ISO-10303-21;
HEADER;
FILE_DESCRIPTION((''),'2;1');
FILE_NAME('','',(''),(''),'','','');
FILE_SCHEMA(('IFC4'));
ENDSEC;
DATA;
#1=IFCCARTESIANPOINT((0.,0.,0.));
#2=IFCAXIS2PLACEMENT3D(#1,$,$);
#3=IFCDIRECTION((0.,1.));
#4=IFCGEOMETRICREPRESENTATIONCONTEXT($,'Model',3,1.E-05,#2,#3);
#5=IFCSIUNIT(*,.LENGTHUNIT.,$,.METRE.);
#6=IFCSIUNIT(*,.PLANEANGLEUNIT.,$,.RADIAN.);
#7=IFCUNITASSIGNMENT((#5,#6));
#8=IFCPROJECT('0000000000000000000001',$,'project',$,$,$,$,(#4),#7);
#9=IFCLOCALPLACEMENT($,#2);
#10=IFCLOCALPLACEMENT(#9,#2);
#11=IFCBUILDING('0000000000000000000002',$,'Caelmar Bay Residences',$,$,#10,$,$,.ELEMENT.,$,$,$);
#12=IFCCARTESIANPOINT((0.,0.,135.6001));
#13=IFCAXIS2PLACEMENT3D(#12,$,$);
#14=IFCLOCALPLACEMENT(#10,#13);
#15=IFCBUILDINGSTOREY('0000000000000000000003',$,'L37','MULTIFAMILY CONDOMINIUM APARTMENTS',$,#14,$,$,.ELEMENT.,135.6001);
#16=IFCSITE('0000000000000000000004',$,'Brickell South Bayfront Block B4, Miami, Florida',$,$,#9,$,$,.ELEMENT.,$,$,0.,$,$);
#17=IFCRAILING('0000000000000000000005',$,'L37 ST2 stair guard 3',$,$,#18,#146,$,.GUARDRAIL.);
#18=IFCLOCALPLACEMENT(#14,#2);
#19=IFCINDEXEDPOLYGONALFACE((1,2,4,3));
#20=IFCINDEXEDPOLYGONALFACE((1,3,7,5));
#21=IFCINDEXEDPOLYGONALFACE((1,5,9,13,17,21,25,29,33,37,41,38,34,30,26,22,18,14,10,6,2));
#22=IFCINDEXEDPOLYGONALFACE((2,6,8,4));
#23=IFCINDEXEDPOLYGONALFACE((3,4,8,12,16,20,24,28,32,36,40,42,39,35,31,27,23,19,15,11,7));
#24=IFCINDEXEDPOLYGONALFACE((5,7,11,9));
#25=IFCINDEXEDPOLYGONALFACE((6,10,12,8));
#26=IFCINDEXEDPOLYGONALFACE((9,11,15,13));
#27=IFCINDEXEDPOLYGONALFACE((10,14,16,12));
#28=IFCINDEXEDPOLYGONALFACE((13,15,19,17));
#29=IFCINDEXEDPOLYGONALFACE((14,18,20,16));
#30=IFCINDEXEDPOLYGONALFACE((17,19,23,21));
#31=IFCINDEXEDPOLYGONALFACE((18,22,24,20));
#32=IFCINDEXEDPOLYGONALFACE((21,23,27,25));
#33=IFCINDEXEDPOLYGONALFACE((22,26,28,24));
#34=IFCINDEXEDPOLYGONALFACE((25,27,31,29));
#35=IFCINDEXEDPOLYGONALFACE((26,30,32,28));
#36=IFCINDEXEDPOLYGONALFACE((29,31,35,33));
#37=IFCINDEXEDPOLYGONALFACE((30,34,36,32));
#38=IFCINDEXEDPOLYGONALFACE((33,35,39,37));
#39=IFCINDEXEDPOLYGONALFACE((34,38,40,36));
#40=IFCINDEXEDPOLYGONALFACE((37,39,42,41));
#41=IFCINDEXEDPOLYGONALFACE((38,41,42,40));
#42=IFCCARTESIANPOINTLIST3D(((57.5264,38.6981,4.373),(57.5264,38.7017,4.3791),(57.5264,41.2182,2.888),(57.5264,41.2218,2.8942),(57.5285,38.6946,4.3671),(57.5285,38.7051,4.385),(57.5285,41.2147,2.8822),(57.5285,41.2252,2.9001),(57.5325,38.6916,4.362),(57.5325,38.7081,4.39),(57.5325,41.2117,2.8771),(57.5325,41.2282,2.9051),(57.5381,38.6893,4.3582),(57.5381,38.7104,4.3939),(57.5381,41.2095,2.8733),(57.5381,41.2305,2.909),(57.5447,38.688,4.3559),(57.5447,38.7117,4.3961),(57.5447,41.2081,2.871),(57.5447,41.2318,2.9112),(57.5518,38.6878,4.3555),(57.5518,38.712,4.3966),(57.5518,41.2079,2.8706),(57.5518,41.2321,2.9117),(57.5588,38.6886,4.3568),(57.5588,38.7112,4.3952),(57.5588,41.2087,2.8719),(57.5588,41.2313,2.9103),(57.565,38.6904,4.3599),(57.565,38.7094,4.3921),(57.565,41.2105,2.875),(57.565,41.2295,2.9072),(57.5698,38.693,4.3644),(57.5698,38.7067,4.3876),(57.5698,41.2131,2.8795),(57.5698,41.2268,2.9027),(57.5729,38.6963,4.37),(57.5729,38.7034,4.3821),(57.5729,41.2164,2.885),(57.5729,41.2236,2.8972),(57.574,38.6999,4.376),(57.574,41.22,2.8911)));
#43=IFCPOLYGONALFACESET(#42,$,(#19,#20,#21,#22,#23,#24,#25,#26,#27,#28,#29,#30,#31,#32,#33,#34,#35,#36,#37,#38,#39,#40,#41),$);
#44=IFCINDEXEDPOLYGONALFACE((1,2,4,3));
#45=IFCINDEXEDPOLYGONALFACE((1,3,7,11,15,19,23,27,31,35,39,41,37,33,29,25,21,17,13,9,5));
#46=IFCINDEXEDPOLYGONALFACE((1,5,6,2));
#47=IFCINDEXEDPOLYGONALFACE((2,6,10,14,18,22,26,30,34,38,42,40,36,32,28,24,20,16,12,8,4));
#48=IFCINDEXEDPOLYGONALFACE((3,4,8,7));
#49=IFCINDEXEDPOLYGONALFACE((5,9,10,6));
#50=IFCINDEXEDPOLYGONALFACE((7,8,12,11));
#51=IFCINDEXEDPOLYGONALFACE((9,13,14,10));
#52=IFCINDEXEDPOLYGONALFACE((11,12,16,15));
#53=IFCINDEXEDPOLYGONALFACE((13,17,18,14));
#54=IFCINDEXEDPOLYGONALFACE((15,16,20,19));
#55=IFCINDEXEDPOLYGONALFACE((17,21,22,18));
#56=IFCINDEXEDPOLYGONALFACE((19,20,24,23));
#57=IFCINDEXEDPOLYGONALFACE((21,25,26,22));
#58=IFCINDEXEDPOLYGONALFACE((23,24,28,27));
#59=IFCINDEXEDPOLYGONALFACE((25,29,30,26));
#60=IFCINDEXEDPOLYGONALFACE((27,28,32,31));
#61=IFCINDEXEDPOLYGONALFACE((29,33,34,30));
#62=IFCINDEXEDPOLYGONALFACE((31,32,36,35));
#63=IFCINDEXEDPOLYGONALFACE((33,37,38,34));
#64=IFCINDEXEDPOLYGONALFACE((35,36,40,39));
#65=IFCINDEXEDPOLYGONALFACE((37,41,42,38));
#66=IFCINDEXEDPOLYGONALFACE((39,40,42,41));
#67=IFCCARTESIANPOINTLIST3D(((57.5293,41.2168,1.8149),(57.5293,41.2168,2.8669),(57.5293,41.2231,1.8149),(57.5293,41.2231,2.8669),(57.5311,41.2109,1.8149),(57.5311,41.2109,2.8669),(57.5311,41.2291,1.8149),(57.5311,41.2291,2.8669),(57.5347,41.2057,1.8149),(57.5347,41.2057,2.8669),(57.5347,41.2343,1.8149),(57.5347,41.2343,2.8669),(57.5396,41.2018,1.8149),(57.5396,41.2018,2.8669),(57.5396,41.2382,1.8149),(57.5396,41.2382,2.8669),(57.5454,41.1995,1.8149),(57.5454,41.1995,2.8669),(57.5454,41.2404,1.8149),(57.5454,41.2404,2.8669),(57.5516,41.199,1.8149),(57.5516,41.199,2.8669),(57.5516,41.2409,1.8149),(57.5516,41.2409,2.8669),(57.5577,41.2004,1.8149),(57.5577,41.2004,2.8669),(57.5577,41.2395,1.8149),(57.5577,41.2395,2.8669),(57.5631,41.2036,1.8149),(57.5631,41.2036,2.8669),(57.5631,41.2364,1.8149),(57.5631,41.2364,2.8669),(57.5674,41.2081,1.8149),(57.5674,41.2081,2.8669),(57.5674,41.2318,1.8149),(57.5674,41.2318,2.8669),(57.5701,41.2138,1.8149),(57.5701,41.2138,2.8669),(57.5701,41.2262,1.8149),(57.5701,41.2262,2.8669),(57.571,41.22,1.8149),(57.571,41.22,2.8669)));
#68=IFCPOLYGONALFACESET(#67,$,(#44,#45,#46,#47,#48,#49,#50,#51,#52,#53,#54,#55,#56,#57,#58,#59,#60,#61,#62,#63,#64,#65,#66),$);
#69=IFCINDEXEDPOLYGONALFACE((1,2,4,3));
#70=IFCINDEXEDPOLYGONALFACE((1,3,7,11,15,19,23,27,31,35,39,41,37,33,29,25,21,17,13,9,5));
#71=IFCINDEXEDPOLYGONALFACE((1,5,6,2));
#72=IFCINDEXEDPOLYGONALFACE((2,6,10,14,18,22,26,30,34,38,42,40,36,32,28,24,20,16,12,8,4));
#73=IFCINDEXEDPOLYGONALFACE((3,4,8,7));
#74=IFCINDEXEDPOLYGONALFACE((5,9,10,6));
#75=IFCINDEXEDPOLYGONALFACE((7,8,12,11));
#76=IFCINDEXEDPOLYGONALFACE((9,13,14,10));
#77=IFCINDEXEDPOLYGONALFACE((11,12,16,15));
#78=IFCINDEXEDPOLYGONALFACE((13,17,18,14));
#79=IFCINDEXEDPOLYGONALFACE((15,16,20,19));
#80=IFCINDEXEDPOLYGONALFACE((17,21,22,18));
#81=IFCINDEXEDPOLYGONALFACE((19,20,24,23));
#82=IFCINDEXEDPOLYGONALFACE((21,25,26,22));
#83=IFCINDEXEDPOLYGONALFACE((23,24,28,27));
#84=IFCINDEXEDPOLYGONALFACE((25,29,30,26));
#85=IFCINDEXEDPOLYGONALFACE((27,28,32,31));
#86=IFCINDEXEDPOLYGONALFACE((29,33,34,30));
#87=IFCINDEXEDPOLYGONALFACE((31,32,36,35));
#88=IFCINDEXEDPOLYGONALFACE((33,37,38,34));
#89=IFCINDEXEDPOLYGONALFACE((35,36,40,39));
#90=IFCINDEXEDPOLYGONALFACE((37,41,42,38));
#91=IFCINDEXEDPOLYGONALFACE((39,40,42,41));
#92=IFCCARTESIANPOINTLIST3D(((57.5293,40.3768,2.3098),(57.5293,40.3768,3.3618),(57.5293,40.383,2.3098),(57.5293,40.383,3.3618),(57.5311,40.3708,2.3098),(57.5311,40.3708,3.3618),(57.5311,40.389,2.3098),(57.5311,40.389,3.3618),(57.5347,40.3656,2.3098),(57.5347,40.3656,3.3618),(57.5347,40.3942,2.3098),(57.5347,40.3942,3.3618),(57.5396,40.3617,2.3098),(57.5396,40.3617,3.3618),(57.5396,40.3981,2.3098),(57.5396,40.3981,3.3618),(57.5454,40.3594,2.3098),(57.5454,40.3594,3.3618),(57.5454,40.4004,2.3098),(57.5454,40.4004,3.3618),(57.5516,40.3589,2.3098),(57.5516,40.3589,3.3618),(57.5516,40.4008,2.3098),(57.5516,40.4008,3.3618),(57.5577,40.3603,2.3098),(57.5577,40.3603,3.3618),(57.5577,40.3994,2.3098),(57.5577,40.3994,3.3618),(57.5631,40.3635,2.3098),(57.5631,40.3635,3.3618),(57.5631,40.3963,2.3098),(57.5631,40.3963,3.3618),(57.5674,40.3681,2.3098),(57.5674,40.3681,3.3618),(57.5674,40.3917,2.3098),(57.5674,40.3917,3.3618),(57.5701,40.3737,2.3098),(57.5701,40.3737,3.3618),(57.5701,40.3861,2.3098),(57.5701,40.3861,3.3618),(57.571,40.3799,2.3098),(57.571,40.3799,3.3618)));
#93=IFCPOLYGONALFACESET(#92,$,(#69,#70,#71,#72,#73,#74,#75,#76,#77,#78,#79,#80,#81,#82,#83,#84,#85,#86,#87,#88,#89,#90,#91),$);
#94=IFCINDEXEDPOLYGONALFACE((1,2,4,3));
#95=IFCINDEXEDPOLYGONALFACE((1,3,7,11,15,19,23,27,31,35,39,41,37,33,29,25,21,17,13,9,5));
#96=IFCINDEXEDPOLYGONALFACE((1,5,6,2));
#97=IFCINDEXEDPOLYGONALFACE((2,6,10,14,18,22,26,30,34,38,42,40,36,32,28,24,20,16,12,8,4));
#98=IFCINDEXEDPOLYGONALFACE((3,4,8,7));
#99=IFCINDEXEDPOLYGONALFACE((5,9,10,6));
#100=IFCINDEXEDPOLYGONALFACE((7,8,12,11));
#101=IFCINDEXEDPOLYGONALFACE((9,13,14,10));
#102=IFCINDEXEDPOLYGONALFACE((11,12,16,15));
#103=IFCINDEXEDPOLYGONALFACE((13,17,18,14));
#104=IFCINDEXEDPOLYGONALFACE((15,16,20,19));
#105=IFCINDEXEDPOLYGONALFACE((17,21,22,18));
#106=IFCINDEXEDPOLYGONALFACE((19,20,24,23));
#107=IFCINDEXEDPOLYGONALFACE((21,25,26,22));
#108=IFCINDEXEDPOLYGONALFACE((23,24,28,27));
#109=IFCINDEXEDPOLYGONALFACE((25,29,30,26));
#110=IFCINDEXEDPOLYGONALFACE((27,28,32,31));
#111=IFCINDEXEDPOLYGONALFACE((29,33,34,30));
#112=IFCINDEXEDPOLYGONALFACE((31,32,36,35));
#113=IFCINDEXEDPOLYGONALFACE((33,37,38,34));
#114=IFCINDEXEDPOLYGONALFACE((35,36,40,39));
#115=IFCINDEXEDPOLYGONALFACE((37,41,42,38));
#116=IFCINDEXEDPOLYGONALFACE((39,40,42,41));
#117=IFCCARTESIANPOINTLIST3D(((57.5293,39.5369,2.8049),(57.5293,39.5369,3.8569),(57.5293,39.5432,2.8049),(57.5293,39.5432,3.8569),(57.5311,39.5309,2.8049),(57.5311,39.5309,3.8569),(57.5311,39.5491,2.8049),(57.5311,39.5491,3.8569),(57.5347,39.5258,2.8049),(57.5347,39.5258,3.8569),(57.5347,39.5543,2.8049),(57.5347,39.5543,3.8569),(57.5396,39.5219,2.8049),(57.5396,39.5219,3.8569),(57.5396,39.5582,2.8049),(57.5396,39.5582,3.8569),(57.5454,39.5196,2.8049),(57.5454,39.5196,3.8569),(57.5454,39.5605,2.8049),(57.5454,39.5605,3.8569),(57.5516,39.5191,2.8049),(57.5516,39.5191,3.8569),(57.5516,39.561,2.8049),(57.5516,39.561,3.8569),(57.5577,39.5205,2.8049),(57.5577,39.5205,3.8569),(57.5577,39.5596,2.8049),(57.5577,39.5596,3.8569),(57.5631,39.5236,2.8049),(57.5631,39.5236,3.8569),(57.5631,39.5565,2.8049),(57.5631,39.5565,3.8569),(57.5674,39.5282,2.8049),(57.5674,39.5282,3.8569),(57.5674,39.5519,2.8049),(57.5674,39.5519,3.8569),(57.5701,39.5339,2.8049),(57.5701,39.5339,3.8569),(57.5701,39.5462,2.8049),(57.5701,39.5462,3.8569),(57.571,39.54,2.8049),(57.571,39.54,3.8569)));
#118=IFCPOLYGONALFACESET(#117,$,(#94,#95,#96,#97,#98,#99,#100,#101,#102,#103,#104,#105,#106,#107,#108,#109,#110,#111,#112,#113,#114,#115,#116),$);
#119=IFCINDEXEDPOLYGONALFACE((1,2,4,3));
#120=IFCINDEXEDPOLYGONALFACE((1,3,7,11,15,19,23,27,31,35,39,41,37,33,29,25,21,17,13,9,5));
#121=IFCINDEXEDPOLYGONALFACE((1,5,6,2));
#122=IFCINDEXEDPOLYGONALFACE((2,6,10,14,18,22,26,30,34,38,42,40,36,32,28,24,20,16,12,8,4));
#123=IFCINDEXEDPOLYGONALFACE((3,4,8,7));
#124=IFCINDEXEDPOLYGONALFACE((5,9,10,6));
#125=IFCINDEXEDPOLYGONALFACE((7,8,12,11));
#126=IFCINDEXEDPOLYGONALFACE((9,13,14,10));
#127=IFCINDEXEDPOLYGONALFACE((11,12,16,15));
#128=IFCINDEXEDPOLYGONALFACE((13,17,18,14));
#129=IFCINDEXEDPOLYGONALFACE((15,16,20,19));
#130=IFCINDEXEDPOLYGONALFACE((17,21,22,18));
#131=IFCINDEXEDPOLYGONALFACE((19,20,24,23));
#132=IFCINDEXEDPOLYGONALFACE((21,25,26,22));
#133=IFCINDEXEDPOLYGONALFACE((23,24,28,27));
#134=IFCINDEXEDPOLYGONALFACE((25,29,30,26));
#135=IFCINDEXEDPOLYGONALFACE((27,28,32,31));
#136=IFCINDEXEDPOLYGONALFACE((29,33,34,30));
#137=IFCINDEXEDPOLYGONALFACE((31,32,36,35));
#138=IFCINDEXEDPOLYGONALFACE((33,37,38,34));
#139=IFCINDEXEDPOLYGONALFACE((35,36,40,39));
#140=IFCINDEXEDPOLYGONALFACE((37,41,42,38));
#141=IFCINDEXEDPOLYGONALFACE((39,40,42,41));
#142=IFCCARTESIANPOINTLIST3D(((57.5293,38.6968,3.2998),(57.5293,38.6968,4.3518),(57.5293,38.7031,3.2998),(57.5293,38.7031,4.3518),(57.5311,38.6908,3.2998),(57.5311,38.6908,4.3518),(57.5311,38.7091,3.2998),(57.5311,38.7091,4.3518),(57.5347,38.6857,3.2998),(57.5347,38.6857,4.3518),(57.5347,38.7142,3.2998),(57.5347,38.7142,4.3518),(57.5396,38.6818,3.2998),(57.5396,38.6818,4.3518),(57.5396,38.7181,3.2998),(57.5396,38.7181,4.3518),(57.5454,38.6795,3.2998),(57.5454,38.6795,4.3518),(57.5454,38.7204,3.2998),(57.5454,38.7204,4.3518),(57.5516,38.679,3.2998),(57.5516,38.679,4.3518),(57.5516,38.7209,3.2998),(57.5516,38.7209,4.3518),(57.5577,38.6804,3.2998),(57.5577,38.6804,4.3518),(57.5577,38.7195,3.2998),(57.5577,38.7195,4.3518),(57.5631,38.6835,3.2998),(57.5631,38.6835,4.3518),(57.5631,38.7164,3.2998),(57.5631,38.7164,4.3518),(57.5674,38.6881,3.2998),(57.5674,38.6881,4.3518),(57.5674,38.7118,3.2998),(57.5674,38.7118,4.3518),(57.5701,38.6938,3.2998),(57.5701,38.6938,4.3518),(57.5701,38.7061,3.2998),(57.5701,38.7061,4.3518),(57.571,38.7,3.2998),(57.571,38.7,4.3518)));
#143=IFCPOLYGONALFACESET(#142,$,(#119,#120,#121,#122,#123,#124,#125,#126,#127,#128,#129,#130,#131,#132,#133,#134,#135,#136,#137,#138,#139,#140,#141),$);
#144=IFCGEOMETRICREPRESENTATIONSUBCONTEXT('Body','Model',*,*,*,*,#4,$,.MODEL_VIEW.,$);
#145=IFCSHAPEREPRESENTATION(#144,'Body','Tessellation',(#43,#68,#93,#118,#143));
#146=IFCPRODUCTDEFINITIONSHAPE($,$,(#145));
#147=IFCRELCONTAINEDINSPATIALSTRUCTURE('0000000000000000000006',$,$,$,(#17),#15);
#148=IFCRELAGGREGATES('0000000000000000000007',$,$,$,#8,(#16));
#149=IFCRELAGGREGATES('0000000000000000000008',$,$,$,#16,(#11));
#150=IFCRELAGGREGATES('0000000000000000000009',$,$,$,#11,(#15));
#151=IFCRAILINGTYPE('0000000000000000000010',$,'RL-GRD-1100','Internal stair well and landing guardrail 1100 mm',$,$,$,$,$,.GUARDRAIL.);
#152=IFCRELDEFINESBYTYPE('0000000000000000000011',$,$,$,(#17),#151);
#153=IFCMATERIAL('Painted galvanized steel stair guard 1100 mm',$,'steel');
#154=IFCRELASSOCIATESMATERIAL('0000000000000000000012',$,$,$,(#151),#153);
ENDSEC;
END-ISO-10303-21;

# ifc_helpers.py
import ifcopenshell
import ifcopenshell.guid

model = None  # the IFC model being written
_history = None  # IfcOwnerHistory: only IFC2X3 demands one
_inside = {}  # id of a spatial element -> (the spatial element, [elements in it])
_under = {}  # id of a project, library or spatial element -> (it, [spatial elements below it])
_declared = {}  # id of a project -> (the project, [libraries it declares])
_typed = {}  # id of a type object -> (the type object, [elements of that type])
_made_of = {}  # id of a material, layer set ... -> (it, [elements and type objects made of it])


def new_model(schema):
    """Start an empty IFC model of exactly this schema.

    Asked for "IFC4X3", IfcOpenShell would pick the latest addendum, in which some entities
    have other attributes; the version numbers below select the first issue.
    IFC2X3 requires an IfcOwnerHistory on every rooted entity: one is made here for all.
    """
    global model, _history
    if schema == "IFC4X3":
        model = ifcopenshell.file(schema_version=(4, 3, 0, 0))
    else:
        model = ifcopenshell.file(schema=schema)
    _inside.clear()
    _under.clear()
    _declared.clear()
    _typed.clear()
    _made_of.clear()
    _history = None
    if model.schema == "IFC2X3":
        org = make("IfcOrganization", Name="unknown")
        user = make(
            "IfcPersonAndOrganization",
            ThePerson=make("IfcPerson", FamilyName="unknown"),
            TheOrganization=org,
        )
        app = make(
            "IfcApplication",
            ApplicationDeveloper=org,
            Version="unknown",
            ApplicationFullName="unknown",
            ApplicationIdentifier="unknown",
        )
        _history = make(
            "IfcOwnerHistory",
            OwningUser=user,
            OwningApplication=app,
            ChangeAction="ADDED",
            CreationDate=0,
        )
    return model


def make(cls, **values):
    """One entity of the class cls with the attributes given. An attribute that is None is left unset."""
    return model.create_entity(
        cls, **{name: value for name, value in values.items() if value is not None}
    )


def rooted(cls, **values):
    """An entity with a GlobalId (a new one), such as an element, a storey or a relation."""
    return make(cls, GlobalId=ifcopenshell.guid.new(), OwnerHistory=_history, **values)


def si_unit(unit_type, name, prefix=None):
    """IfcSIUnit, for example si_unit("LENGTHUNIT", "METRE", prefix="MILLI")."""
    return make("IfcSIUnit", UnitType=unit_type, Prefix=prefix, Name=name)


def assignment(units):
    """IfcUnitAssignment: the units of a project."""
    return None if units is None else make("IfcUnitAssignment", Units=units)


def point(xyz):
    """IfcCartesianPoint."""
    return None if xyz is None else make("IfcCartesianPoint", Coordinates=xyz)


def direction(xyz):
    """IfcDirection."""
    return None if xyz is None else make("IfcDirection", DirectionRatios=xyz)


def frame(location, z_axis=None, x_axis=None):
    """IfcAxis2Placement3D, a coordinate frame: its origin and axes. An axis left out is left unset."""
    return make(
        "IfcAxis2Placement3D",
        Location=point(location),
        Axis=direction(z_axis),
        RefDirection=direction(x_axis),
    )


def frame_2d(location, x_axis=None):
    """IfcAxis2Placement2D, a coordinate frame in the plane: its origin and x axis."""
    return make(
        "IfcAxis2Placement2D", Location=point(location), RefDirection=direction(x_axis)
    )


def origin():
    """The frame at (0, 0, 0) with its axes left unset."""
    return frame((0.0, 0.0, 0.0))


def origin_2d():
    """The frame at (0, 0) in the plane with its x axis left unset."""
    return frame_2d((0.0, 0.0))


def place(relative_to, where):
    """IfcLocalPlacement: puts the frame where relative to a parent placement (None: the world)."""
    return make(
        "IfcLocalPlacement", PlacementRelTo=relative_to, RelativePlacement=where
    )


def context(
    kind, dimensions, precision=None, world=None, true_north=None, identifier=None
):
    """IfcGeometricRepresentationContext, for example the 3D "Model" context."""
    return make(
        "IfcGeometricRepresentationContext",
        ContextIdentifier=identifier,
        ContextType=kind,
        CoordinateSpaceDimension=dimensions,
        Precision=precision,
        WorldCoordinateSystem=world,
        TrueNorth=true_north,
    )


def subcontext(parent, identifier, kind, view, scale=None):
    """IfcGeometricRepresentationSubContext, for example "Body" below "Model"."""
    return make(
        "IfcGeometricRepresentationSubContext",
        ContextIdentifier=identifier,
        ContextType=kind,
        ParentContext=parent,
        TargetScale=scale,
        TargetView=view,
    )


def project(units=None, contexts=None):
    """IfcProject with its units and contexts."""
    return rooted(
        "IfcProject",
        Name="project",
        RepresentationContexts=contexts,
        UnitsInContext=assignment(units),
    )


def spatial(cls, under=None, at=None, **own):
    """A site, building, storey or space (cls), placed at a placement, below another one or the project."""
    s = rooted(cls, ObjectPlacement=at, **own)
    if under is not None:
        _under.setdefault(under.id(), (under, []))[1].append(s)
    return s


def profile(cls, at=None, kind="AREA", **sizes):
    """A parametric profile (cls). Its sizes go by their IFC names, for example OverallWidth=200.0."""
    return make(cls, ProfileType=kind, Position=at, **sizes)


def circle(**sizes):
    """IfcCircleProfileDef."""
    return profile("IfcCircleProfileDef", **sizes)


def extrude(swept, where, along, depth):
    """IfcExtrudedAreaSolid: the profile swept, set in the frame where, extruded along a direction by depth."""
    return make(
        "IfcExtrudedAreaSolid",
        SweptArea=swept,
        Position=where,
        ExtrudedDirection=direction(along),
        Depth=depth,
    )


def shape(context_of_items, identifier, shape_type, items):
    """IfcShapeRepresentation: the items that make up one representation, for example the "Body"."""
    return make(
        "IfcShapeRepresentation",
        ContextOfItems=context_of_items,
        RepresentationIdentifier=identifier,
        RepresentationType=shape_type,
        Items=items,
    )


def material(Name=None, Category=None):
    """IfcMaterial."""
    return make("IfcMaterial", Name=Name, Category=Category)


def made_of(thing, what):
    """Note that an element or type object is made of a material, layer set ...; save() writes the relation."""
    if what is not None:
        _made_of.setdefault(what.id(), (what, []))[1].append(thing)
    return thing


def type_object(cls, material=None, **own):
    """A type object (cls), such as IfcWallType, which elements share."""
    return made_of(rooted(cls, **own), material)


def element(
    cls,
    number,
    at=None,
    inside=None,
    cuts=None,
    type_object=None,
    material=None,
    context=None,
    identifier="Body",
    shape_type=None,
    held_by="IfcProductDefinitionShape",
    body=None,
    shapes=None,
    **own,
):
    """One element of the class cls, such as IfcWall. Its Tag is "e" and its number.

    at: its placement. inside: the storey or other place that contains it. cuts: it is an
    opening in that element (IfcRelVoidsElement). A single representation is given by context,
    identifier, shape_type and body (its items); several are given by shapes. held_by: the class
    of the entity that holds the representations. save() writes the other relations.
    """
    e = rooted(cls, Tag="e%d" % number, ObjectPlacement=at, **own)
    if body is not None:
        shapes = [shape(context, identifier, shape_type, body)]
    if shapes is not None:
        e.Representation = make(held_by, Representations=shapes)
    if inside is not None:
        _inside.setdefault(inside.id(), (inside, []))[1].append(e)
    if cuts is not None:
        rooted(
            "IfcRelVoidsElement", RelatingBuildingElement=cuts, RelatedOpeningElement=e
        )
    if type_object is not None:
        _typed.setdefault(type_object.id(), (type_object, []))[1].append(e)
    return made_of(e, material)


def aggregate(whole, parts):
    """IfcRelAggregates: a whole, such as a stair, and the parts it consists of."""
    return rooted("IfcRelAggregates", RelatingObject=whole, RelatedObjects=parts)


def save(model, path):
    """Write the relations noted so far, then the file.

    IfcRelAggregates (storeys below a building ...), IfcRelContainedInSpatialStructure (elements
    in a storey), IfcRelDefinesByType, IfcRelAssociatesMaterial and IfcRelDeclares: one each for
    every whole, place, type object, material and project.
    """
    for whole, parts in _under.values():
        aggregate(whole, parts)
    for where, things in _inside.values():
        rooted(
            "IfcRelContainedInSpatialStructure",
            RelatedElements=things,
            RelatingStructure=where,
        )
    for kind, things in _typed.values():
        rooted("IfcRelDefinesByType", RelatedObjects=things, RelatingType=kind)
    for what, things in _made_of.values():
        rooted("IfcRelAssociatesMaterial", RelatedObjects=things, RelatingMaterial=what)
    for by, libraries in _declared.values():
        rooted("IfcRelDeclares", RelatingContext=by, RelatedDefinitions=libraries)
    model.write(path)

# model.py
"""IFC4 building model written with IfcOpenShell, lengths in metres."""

from ifc_helpers import new_model, si_unit, direction, frame, origin, origin_2d, place, context, subcontext, project, spatial, circle, extrude, material, type_object, element, save


model = new_model("IFC4")

# Units and contexts
model_context = context("Model", 3, precision=1e-05, world=origin(), true_north=direction((0.0, 1.0)))
body_context = subcontext(model_context, "Body", "Model", "MODEL_VIEW")
ifc_project = project(units=[si_unit("LENGTHUNIT", "METRE"), si_unit("PLANEANGLEUNIT", "RADIAN")], contexts=[model_context])

# Site, building, storey
site_placement = place(None, origin())
site = spatial("IfcSite", under=ifc_project, at=site_placement, Name="Brickell South Bayfront Block B4, Miami, Florida", CompositionType="ELEMENT", RefElevation=0.0)
building_placement = place(site_placement, origin())
building = spatial("IfcBuilding", under=site, at=building_placement, Name="Caelmar Bay Residences", CompositionType="ELEMENT")
storey_placement = place(building_placement, frame((0.0, 0.0, 135.6001)))
storey = spatial("IfcBuildingStorey", under=building, at=storey_placement, Name="L37", Description="MULTIFAMILY CONDOMINIUM APARTMENTS", CompositionType="ELEMENT", Elevation=135.6001)

# Railing
ifc_material_1 = material(Name="Painted galvanized steel stair guard 1100 mm", Category="steel")
railing_type_1 = type_object("IfcRailingType", Name="RL-GRD-1100", Description="Internal stair well and landing guardrail 1100 mm", PredefinedType="GUARDRAIL", material=ifc_material_1)
railing_1_placement = place(storey_placement, frame((57.55, 41.22, 1.8149)))
element("IfcRailing", 1, at=railing_1_placement, inside=storey, type_object=railing_type_1, Name="L37 ST2 stair guard 3", PredefinedType="GUARDRAIL", context=body_context, shape_type="SweptSolid", body=[
    extrude(circle(Radius=0.0239, at=origin_2d()), frame((0.0, 0.0, 1.0762), z_axis=(0.0, -0.861561, 0.507655), x_axis=(1.0, 0.0, 0.0)), (0.0, 0.0, 1.0), 2.925),
    extrude(circle(Radius=0.021, at=origin_2d()), origin(), (0.0, 0.0, 1.0), 1.052),
    extrude(circle(Radius=0.021, at=origin_2d()), frame((0.0, -0.8401, 0.4949)), (0.0, 0.0, 1.0), 1.052),
    extrude(circle(Radius=0.021, at=origin_2d()), frame((0.0, -1.6799, 0.99)), (0.0, 0.0, 1.0), 1.052),
    extrude(circle(Radius=0.021, at=origin_2d()), frame((0.0, -2.52, 1.4849)), (0.0, 0.0, 1.0), 1.052),
])

save(model, "model.ifc")
